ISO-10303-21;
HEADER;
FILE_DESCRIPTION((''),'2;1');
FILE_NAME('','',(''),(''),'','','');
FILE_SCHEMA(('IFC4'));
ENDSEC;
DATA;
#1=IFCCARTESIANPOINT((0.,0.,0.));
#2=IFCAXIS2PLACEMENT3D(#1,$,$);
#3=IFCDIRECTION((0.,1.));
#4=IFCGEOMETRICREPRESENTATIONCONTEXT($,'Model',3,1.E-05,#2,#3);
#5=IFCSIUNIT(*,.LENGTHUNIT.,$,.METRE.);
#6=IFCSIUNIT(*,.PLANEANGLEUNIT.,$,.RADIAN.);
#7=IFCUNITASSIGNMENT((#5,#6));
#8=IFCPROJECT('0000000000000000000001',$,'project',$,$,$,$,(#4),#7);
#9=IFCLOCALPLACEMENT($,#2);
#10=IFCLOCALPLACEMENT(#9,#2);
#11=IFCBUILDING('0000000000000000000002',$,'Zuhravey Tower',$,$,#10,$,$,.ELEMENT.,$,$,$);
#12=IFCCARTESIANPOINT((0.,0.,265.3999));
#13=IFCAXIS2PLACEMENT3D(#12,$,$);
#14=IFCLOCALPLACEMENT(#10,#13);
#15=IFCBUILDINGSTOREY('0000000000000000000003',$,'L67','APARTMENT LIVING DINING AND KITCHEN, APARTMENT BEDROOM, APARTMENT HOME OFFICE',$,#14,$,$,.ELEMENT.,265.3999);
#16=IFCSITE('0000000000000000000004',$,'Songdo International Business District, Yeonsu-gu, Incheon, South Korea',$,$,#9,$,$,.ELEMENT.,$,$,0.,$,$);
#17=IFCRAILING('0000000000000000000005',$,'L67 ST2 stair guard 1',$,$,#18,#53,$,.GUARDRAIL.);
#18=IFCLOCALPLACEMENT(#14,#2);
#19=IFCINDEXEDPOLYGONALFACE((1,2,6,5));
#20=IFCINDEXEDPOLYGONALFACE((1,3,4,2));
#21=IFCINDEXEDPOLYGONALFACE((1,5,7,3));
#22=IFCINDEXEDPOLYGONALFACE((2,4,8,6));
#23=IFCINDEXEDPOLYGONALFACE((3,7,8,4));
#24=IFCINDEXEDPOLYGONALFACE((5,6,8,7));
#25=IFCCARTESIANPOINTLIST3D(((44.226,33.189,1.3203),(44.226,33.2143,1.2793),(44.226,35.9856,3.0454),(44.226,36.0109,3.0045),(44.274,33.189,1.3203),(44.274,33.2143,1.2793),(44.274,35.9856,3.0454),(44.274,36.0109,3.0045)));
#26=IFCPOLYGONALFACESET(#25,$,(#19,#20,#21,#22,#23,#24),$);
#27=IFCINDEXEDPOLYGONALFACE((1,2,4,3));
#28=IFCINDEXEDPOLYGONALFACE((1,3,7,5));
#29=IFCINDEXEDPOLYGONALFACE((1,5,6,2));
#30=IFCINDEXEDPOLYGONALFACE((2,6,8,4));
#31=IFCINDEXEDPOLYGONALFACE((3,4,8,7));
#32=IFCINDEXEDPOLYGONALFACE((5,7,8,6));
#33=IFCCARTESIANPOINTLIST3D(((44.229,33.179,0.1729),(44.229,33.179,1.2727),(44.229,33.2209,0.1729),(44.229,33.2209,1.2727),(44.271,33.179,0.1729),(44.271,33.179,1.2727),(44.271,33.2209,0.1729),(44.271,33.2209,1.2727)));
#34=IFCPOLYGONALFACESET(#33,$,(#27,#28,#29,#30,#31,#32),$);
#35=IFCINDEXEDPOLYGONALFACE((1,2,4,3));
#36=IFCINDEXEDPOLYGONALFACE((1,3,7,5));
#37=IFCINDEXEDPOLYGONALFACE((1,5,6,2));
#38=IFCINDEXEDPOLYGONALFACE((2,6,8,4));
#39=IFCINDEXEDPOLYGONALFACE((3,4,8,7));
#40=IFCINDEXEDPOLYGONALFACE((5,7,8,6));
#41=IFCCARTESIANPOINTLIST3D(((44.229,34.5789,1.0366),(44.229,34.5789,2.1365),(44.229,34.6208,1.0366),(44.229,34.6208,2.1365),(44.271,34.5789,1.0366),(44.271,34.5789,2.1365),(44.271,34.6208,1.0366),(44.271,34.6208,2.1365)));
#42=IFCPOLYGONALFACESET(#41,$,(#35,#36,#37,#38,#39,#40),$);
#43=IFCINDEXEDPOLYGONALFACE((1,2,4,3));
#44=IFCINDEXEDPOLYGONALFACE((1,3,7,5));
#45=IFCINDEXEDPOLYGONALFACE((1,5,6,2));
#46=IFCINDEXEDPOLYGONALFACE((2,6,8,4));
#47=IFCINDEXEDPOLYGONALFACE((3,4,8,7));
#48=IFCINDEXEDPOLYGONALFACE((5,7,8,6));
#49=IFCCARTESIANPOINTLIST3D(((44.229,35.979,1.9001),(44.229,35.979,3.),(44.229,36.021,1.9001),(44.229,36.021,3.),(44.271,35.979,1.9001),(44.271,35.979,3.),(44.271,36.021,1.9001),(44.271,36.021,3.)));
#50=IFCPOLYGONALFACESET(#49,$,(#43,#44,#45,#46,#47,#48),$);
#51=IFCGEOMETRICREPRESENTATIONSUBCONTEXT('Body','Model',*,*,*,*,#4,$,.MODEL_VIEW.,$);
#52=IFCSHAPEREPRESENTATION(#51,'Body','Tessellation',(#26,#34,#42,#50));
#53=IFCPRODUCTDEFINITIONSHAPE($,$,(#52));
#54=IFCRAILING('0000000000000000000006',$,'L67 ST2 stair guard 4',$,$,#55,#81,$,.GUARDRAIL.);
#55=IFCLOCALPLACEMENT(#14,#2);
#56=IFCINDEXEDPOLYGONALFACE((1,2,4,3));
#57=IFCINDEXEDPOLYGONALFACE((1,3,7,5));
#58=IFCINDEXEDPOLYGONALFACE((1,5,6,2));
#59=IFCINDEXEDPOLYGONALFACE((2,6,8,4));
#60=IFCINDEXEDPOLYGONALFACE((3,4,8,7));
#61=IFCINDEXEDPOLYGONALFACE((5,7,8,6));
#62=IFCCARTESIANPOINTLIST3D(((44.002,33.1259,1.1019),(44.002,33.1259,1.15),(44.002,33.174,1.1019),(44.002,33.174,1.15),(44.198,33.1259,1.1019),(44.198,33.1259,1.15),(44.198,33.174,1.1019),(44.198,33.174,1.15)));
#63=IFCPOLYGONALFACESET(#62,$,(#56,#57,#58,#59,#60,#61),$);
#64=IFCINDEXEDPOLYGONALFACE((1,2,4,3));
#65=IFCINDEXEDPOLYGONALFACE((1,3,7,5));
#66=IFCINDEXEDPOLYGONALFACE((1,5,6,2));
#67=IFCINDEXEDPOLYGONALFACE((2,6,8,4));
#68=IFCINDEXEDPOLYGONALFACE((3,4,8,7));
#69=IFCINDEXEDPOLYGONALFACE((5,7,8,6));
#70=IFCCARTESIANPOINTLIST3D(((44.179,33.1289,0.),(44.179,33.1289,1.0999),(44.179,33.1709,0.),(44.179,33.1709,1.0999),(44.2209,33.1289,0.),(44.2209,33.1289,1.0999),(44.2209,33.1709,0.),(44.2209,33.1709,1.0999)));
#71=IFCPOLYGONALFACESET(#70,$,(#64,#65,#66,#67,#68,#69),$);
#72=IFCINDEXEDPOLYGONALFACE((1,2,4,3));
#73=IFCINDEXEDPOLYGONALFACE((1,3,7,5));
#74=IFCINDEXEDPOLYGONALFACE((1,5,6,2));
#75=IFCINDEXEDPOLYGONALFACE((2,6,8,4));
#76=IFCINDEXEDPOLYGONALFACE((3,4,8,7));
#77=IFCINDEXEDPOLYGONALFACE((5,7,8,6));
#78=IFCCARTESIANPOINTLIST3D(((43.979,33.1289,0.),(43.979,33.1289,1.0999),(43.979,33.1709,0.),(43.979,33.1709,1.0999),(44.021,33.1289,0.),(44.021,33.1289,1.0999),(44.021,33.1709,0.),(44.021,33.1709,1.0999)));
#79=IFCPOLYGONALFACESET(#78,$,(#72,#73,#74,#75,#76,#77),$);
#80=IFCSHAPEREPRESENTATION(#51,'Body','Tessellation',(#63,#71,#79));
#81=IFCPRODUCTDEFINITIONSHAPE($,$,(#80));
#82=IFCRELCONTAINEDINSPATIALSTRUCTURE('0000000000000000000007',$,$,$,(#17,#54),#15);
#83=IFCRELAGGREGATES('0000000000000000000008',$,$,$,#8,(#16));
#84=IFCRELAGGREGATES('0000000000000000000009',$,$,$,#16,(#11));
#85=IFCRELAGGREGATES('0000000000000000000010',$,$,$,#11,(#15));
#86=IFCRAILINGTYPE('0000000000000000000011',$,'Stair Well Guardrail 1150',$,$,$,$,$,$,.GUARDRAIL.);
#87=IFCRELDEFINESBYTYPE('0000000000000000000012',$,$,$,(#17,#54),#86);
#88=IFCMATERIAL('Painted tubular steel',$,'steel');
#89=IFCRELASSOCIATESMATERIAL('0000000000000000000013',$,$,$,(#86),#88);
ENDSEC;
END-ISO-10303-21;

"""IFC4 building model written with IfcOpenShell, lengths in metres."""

from ifc_helpers import new_model, si_unit, direction, frame, origin, origin_2d, place, context, subcontext, project, spatial, rectangle, extrude, material, type_object, element, save


model = new_model("IFC4")

# Units and contexts
model_context = context("Model", 3, precision=1e-05, world=origin(), true_north=direction((0.0, 1.0)))
body_context = subcontext(model_context, "Body", "Model", "MODEL_VIEW")
ifc_project = project(units=[si_unit("LENGTHUNIT", "METRE"), si_unit("PLANEANGLEUNIT", "RADIAN")], contexts=[model_context])

# Site, building, storey
site_placement = place(None, origin())
site = spatial("IfcSite", under=ifc_project, at=site_placement, Name="Songdo International Business District, Yeonsu-gu, Incheon, South Korea", CompositionType="ELEMENT", RefElevation=0.0)
building_placement = place(site_placement, origin())
building = spatial("IfcBuilding", under=site, at=building_placement, Name="Zuhravey Tower", CompositionType="ELEMENT")
storey_placement = place(building_placement, frame((0.0, 0.0, 265.3999)))
storey = spatial("IfcBuildingStorey", under=building, at=storey_placement, Name="L67", Description="APARTMENT LIVING DINING AND KITCHEN, APARTMENT BEDROOM, APARTMENT HOME OFFICE", CompositionType="ELEMENT", Elevation=265.3999)

# Railings
ifc_material_1 = material(Name="Painted tubular steel", Category="steel")
railing_type_1 = type_object("IfcRailingType", Name="Stair Well Guardrail 1150", PredefinedType="GUARDRAIL", material=ifc_material_1)
railing_1_placement = place(storey_placement, frame((44.25, 33.2, 0.1729)))
element("IfcRailing", 1, at=railing_1_placement, inside=storey, type_object=railing_type_1, Name="L67 ST2 stair guard 1", PredefinedType="GUARDRAIL", context=body_context, shape_type="SweptSolid", body=[
    extrude(rectangle(XDim=0.0481, YDim=0.0481, at=origin_2d()), frame((0.0, 0.0017, 1.127), z_axis=(0.0, 0.85109, 0.52502), x_axis=(-1.0, 0.0, 0.0)), (0.0, 0.0, 1.0), 3.2859),
    extrude(rectangle(XDim=0.042, YDim=0.042, at=origin_2d()), origin(), (0.0, 0.0, 1.0), 1.0999),
    extrude(rectangle(XDim=0.042, YDim=0.042, at=origin_2d()), frame((0.0, 1.3999, 0.8638)), (0.0, 0.0, 1.0), 1.0999),
    extrude(rectangle(XDim=0.042, YDim=0.042, at=origin_2d()), frame((0.0, 2.8, 1.7273)), (0.0, 0.0, 1.0), 1.0999),
])
railing_2_placement = place(storey_placement, frame((44.2, 33.1499, 0.0)))
element("IfcRailing", 2, at=railing_2_placement, inside=storey, type_object=railing_type_1, Name="L67 ST2 stair guard 4", PredefinedType="GUARDRAIL", context=body_context, shape_type="SweptSolid", body=[
    extrude(rectangle(XDim=0.0481, YDim=0.0481, at=origin_2d()), frame((-0.002, 0.0, 1.126), z_axis=(-1.0, 0.0, 0.0), x_axis=(0.0, -1.0, 0.0)), (0.0, 0.0, 1.0), 0.196),
    extrude(rectangle(XDim=0.042, YDim=0.042, at=origin_2d()), origin(), (0.0, 0.0, 1.0), 1.0999),
    extrude(rectangle(XDim=0.042, YDim=0.042, at=origin_2d()), frame((-0.2, 0.0, 0.0)), (0.0, 0.0, 1.0), 1.0999),
])

save(model, "model.ifc")
